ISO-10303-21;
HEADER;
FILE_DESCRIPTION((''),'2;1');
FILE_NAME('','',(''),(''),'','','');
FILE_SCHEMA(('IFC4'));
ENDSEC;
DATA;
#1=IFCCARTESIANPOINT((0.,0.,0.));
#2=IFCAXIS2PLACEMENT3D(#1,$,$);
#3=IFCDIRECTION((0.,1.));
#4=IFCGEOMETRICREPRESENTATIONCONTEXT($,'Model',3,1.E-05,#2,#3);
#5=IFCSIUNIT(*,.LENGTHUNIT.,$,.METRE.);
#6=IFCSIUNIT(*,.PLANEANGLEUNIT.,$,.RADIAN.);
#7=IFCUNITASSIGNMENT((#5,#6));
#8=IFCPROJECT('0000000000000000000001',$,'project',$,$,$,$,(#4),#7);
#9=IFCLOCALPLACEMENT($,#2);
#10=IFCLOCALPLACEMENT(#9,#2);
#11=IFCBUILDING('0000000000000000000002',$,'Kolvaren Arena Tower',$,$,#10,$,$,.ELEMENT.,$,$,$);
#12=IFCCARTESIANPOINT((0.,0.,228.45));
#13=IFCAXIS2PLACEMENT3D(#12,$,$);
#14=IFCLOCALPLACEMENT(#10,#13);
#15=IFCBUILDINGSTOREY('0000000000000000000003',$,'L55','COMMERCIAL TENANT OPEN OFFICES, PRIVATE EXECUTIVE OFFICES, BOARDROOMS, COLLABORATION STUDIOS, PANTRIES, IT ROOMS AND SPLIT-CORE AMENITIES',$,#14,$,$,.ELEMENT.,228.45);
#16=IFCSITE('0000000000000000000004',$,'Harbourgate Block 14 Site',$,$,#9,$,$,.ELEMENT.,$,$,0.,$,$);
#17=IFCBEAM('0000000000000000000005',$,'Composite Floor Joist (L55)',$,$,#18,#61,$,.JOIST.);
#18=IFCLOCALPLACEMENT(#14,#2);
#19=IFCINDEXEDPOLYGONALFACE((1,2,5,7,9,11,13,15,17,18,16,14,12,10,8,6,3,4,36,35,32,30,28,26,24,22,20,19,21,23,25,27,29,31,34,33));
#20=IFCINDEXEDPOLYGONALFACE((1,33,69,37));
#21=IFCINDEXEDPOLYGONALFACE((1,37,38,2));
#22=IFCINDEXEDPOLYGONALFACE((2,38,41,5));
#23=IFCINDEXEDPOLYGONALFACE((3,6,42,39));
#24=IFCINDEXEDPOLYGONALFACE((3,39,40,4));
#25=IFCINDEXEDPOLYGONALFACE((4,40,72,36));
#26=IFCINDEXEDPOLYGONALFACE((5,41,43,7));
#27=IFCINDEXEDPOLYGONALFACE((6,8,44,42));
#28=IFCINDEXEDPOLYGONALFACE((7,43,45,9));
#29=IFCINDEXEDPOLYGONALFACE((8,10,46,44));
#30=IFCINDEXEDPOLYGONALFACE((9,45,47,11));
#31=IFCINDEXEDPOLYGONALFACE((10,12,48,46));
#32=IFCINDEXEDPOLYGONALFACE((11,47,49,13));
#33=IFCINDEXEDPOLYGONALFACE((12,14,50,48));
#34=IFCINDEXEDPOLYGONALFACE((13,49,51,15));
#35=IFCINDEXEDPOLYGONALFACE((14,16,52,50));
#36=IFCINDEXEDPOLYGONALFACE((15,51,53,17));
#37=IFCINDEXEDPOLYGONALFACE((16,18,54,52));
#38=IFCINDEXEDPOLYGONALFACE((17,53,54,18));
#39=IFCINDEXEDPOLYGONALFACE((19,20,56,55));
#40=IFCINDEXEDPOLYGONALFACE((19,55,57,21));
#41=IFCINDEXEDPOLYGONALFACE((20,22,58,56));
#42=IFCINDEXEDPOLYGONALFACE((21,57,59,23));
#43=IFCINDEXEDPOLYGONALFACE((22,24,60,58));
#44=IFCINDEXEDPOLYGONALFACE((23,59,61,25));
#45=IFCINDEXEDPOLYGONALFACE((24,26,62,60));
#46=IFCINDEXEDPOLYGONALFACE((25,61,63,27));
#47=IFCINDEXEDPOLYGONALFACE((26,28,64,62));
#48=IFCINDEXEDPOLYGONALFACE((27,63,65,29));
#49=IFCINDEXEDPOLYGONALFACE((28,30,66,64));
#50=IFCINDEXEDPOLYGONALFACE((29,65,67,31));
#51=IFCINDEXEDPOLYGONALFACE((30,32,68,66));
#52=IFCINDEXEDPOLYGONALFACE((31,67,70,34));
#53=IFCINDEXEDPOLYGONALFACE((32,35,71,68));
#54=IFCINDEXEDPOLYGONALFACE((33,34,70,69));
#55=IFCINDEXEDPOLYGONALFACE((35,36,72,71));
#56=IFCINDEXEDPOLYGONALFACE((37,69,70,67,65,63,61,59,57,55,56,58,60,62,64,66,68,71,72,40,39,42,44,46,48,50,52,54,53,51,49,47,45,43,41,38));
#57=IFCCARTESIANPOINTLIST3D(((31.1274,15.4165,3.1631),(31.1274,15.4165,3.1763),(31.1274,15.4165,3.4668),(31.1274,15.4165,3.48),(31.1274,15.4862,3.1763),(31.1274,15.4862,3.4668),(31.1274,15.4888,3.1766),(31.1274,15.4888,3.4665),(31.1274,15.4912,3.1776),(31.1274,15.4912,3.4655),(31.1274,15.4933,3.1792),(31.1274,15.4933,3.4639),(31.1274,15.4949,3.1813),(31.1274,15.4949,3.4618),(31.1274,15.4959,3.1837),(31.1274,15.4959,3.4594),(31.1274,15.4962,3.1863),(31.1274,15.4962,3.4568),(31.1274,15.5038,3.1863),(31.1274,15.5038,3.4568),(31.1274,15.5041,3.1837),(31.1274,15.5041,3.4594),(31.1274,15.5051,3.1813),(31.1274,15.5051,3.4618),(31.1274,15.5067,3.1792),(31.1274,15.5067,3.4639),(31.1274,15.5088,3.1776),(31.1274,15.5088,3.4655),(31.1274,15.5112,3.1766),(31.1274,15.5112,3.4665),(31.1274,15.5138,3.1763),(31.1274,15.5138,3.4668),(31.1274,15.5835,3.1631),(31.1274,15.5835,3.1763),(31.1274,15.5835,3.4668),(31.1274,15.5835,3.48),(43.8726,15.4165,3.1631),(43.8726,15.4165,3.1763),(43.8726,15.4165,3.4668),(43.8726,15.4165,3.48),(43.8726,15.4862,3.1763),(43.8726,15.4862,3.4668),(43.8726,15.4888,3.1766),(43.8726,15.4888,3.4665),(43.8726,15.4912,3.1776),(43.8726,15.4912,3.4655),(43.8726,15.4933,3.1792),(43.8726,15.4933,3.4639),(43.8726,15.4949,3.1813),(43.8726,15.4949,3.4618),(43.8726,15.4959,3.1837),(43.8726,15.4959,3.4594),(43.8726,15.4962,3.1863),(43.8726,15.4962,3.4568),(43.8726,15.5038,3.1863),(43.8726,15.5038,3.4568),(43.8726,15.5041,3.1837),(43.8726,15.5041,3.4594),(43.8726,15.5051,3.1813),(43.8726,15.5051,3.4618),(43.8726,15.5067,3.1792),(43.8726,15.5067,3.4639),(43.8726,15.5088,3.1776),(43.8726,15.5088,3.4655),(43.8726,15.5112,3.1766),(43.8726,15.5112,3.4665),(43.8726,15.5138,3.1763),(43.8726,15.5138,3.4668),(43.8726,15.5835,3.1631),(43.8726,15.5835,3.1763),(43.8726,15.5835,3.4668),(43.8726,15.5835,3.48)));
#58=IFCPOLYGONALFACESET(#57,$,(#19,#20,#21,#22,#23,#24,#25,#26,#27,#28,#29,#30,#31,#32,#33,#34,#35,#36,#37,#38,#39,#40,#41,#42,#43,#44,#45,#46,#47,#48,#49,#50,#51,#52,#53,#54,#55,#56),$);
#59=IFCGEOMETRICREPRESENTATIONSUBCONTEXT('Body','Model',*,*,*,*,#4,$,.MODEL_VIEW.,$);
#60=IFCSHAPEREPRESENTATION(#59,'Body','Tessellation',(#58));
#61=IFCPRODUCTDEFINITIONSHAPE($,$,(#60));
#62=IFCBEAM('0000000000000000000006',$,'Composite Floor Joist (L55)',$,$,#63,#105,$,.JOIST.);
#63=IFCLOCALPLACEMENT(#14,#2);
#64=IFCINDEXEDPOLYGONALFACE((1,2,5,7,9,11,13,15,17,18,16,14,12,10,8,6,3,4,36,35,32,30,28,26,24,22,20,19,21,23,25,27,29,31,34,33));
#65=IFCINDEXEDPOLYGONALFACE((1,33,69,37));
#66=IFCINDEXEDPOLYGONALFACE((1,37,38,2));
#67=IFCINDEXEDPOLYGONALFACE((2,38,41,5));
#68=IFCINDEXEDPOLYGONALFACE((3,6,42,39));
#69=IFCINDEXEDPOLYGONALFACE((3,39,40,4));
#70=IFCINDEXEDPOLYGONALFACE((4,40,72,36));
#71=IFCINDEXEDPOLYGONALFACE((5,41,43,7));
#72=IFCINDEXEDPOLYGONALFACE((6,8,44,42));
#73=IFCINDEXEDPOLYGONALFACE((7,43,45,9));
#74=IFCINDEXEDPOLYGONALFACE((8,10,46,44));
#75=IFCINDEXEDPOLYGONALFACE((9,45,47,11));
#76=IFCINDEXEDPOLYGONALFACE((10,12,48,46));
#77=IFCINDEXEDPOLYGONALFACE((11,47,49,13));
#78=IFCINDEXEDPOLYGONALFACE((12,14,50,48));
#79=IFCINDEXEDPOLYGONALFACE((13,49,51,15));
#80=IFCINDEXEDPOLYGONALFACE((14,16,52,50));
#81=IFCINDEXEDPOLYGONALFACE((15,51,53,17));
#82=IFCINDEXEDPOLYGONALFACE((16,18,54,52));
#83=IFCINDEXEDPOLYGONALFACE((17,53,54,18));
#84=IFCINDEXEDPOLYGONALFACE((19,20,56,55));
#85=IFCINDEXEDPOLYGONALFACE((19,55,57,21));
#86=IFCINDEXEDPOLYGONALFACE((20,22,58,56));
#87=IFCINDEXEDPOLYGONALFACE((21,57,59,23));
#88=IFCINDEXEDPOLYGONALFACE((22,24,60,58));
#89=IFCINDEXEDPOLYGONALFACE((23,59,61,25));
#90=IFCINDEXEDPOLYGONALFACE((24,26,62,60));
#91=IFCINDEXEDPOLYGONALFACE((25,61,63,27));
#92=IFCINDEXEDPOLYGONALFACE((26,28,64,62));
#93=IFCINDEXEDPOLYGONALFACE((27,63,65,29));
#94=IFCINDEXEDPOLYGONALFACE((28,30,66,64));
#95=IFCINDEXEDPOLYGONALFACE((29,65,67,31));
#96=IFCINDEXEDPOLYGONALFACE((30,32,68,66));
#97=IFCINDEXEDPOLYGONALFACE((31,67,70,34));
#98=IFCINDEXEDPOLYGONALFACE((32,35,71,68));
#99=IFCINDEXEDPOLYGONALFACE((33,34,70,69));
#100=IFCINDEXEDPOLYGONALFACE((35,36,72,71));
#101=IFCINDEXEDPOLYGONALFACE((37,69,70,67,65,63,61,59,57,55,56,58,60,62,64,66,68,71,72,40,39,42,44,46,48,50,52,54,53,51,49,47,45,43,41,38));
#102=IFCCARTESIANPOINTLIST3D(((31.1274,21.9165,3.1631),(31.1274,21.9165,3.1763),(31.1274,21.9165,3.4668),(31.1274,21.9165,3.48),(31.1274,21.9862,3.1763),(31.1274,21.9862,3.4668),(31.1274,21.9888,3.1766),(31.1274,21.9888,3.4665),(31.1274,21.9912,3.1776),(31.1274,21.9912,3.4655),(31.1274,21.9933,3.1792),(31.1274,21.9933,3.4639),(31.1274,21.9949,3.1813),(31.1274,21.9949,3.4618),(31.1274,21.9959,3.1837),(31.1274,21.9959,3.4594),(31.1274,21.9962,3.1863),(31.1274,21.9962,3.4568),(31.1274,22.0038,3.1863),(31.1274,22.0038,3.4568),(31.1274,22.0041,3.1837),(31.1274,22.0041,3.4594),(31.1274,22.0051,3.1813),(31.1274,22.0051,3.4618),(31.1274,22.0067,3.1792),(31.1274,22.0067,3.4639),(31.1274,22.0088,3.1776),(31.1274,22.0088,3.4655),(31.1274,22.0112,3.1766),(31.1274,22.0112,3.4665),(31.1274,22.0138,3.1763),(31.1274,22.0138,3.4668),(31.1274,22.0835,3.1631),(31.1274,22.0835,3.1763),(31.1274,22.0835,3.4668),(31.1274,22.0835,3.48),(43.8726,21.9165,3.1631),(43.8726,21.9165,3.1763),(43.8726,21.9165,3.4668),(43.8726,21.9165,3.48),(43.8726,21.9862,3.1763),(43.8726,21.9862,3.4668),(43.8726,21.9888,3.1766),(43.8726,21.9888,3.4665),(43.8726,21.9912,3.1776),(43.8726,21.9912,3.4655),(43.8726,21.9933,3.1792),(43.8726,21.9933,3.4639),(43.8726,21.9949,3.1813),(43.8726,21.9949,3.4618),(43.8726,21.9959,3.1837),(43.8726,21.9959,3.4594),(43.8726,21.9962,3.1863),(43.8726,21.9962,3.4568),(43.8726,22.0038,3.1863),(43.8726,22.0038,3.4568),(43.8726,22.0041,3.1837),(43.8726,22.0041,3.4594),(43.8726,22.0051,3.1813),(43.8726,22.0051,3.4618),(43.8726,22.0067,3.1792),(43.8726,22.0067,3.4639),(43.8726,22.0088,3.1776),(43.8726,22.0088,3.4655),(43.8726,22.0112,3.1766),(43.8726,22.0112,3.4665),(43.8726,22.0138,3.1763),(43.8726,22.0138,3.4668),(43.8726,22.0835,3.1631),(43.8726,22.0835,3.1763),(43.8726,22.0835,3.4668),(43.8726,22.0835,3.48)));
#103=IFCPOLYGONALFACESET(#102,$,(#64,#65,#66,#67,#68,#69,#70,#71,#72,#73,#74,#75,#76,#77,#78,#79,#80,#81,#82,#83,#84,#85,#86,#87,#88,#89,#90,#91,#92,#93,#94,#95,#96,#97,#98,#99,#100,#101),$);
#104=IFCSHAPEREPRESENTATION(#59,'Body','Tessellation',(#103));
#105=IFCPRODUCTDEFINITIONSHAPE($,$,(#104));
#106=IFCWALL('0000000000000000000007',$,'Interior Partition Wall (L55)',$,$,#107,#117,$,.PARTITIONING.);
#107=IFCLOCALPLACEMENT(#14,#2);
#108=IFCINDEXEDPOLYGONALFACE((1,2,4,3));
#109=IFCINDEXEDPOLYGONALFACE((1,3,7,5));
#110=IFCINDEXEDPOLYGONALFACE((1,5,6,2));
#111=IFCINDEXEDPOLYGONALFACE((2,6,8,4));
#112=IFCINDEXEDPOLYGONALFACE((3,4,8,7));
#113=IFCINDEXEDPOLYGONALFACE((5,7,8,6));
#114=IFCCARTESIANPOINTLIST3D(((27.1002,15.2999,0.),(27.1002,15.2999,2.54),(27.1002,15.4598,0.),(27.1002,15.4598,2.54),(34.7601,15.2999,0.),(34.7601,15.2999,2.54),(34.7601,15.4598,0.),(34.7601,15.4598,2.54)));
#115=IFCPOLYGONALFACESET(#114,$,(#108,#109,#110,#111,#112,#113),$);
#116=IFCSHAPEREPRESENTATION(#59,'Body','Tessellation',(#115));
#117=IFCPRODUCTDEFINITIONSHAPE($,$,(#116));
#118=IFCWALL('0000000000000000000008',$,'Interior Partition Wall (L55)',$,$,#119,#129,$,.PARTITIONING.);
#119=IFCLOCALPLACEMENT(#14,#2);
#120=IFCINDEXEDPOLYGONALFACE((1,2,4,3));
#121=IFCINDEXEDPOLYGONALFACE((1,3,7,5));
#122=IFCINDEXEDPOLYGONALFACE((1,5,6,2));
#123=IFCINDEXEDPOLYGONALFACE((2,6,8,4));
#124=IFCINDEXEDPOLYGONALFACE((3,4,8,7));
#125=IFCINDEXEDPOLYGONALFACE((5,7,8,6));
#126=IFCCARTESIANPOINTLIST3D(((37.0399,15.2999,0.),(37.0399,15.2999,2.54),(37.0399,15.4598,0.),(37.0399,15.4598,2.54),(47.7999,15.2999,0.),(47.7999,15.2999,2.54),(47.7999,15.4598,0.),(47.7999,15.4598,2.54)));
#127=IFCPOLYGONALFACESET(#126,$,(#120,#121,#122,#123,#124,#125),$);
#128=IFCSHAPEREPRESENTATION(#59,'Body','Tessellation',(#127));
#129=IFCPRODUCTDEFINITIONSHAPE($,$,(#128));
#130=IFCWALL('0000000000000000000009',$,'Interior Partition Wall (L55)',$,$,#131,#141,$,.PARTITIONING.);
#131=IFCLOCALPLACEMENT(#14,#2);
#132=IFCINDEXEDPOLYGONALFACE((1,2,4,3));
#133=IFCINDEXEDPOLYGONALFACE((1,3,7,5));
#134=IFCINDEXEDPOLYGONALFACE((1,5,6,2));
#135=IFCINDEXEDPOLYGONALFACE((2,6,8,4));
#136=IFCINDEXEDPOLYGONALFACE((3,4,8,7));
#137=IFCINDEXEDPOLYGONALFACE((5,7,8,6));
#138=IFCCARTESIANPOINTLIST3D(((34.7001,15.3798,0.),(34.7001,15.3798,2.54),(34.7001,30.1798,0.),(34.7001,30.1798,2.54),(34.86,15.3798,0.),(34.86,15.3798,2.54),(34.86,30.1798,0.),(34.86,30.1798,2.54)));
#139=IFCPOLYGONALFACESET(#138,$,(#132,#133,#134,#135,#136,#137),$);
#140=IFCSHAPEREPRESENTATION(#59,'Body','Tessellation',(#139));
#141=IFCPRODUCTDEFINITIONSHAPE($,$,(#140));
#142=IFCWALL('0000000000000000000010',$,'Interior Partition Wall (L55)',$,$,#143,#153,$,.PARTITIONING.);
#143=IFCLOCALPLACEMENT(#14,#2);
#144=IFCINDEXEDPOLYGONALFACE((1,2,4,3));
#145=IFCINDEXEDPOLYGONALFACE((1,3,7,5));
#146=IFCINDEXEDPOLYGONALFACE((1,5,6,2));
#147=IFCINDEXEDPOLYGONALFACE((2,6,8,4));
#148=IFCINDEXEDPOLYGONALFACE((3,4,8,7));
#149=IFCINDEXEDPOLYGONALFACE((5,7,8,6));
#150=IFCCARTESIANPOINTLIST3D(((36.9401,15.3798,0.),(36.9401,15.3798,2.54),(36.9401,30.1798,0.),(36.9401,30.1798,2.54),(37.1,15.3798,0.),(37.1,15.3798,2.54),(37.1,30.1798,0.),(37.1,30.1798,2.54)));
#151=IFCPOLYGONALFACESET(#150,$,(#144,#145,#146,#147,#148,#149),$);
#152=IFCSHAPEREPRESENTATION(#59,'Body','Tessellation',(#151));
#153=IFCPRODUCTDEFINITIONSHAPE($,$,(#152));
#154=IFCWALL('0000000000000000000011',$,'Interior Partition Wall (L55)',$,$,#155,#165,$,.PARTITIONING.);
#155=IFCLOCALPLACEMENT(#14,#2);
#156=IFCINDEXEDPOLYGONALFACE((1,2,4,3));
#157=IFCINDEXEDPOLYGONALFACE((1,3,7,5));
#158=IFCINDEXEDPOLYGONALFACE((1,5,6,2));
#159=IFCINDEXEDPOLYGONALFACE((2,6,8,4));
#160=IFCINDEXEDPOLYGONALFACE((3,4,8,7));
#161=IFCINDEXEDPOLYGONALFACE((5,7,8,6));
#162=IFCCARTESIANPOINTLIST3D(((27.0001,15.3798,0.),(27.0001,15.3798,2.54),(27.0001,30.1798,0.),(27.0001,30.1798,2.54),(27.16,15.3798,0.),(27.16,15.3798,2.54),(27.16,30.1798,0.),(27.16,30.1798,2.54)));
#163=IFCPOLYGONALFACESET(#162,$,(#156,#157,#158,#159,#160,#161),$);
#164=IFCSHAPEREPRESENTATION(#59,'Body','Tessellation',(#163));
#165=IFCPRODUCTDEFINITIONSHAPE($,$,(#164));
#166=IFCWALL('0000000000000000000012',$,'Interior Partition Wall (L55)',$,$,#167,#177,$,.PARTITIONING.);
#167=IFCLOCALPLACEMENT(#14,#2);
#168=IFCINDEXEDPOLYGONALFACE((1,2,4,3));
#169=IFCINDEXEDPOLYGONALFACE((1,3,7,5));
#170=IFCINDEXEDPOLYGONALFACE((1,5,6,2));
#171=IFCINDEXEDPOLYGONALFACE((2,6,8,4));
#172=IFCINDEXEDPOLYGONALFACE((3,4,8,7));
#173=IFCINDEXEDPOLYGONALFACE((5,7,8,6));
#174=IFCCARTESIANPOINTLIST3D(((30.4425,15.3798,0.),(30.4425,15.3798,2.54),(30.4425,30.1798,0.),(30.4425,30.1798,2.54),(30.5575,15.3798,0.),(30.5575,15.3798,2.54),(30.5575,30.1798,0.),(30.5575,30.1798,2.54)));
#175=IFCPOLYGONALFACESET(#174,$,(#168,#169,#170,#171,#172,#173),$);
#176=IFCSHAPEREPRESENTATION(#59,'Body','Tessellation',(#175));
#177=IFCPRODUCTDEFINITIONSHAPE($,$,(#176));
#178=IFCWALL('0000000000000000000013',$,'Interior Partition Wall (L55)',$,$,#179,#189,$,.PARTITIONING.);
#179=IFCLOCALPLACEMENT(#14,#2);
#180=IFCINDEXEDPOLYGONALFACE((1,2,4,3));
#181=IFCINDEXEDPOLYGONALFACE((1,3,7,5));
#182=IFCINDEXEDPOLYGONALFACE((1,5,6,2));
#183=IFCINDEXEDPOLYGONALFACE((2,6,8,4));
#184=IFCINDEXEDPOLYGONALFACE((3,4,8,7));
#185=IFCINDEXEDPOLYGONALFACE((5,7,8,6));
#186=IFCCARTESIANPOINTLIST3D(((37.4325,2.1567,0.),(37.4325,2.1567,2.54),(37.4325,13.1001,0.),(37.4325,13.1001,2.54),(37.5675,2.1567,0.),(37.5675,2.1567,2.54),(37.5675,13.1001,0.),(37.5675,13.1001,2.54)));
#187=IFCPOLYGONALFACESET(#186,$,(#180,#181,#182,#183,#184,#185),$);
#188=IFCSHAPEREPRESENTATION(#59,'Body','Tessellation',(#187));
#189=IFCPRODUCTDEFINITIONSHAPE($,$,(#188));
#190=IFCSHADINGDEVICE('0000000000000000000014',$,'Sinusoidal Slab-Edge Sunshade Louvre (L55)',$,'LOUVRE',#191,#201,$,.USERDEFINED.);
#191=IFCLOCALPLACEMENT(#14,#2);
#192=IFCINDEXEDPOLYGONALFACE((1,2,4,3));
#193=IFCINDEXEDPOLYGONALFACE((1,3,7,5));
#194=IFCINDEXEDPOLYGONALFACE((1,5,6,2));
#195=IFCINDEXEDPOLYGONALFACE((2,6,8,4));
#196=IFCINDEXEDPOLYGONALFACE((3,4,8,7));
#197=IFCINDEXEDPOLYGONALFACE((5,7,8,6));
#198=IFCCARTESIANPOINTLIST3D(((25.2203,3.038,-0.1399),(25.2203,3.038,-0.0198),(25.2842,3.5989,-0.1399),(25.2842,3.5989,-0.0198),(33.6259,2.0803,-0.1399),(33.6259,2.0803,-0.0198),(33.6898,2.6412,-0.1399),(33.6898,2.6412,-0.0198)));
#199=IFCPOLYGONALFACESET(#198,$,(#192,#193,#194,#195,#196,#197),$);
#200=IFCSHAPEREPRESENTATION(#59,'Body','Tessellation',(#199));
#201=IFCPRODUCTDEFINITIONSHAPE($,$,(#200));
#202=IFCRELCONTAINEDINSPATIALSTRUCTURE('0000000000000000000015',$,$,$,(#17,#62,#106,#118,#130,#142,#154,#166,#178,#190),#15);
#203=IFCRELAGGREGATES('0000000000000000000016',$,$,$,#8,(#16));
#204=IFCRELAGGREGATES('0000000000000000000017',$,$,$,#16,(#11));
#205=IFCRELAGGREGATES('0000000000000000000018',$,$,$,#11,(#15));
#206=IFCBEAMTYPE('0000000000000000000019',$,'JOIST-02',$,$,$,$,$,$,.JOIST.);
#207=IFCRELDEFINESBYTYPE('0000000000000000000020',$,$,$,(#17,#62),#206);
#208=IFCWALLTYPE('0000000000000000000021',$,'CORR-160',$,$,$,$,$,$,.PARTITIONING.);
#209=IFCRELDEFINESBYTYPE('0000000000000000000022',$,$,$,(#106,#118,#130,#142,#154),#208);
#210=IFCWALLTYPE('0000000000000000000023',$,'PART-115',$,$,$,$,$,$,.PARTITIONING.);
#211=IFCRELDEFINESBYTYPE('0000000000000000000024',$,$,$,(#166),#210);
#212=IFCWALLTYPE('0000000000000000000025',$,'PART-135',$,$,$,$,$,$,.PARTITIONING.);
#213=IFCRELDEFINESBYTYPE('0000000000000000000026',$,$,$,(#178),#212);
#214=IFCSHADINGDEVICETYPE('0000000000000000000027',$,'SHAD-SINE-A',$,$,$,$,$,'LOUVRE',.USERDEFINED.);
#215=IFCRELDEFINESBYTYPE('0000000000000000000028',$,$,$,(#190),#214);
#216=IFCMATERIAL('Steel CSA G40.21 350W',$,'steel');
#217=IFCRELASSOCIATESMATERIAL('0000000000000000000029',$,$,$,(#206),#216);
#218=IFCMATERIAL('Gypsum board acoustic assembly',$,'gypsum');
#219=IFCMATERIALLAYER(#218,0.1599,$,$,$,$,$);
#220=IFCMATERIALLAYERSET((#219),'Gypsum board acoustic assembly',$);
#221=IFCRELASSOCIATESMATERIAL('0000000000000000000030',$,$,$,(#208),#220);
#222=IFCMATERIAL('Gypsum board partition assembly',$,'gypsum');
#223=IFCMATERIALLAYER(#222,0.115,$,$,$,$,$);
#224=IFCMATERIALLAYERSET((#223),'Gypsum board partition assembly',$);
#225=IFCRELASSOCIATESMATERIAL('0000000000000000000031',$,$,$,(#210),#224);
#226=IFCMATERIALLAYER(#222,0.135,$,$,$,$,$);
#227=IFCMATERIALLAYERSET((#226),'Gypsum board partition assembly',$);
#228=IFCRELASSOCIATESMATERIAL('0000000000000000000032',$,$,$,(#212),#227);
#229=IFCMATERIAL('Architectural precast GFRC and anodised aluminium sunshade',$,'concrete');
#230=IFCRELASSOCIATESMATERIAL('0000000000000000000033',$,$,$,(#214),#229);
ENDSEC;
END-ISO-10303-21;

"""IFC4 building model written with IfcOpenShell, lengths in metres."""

from ifc_helpers import new_model, si_unit, direction, frame, frame_2d, origin, origin_2d, place, context, subcontext, project, spatial, rectangle, i_section, extrude, material, layer, layer_set, material_profile, profile_set, type_object, element, save


model = new_model("IFC4")

# Units and contexts
model_context = context("Model", 3, precision=1e-05, world=origin(), true_north=direction((0.0, 1.0)))
body_context = subcontext(model_context, "Body", "Model", "MODEL_VIEW")
ifc_project = project(units=[si_unit("LENGTHUNIT", "METRE"), si_unit("PLANEANGLEUNIT", "RADIAN")], contexts=[model_context])

# Site, building, storey
site_placement = place(None, origin())
site = spatial("IfcSite", under=ifc_project, at=site_placement, Name="Harbourgate Block 14 Site", CompositionType="ELEMENT", RefElevation=0.0)
building_placement = place(site_placement, origin())
building = spatial("IfcBuilding", under=site, at=building_placement, Name="Kolvaren Arena Tower", CompositionType="ELEMENT")
storey_placement = place(building_placement, frame((0.0, 0.0, 228.45)))
storey = spatial("IfcBuildingStorey", under=building, at=storey_placement, Name="L55", Description="COMMERCIAL TENANT OPEN OFFICES, PRIVATE EXECUTIVE OFFICES, BOARDROOMS, COLLABORATION STUDIOS, PANTRIES, IT ROOMS AND SPLIT-CORE AMENITIES", CompositionType="ELEMENT", Elevation=228.45)

# Beams
ifc_material_1 = material(Name="Steel CSA G40.21 350W", Category="steel")
ifc_material_profile_1 = material_profile(ifc_material_1, i_section(OverallWidth=0.167, OverallDepth=0.3169, WebThickness=0.0076, FlangeThickness=0.0132, FilletRadius=0.01, at=origin_2d()), Name="W310x52")
ifc_profile_set_1 = profile_set([ifc_material_profile_1], Name="Steel CSA G40.21 350W")
beam_type_1 = type_object("IfcBeamType", Name="JOIST-02", PredefinedType="JOIST", material=ifc_profile_set_1)
for number, where, z_axis, x_axis, name in (
    (1, (31.1274, 15.5, 3.3215), (1.0, 0.0, 0.0), (0.0, 1.0, 0.0), "Composite Floor Joist (L55)"),
    (2, (31.1274, 22.0, 3.3215), (1.0, 0.0, 0.0), (0.0, 1.0, 0.0), "Composite Floor Joist (L55)"),
):
    element("IfcBeam", number, at=place(storey_placement, frame(where, z_axis=z_axis, x_axis=x_axis)), inside=storey, type_object=beam_type_1, Name=name, PredefinedType="JOIST", context=body_context, shape_type="SweptSolid", body=[
        extrude(i_section(OverallWidth=0.167, OverallDepth=0.3169, WebThickness=0.0076, FlangeThickness=0.0132, FilletRadius=0.01, at=origin_2d()), origin(), (0.0, 0.0, 1.0), 12.7451),
    ])

# Walls
ifc_material_2 = material(Name="Gypsum board acoustic assembly", Category="gypsum")
ifc_layer_1 = layer(ifc_material_2, 0.1599)
ifc_layer_set_1 = layer_set([ifc_layer_1], Name="Gypsum board acoustic assembly")
wall_type_1 = type_object("IfcWallType", Name="CORR-160", PredefinedType="PARTITIONING", material=ifc_layer_set_1)
wall_1_placement = place(storey_placement, frame((27.1001, 15.3799, 0.0), z_axis=(0.0, 0.0, 1.0), x_axis=(1.0, 0.0, 0.0)))
element("IfcWall", 3, at=wall_1_placement, inside=storey, type_object=wall_type_1, Name="Interior Partition Wall (L55)", PredefinedType="PARTITIONING", context=body_context, shape_type="SweptSolid", body=[
    extrude(rectangle(XDim=7.6599, YDim=0.1599, at=frame_2d((3.8301, 0.0))), origin(), (0.0, 0.0, 1.0), 2.54),
])
wall_2_placement = place(storey_placement, frame((37.04, 15.3799, 0.0), z_axis=(0.0, 0.0, 1.0), x_axis=(1.0, 0.0, 0.0)))
element("IfcWall", 4, at=wall_2_placement, inside=storey, type_object=wall_type_1, Name="Interior Partition Wall (L55)", PredefinedType="PARTITIONING", context=body_context, shape_type="SweptSolid", body=[
    extrude(rectangle(XDim=10.76, YDim=0.1599, at=frame_2d((5.3799, 0.0))), origin(), (0.0, 0.0, 1.0), 2.54),
])
for number, where, z_axis, x_axis, name in (
    (5, (34.78, 15.3799, 0.0), (0.0, 0.0, 1.0), (0.0, 1.0, 0.0), "Interior Partition Wall (L55)"),
    (6, (37.02, 15.3799, 0.0), (0.0, 0.0, 1.0), (0.0, 1.0, 0.0), "Interior Partition Wall (L55)"),
    (7, (27.0801, 15.3799, 0.0), (0.0, 0.0, 1.0), (0.0, 1.0, 0.0), "Interior Partition Wall (L55)"),
):
    element("IfcWall", number, at=place(storey_placement, frame(where, z_axis=z_axis, x_axis=x_axis)), inside=storey, type_object=wall_type_1, Name=name, PredefinedType="PARTITIONING", context=body_context, shape_type="SweptSolid", body=[
        extrude(rectangle(XDim=14.8, YDim=0.1599, at=frame_2d((7.3999, 0.0))), origin(), (0.0, 0.0, 1.0), 2.54),
    ])
ifc_material_3 = material(Name="Gypsum board partition assembly", Category="gypsum")
ifc_layer_2 = layer(ifc_material_3, 0.115)
ifc_layer_set_2 = layer_set([ifc_layer_2], Name="Gypsum board partition assembly")
wall_type_2 = type_object("IfcWallType", Name="PART-115", PredefinedType="PARTITIONING", material=ifc_layer_set_2)
wall_3_placement = place(storey_placement, frame((30.5, 15.3799, 0.0), z_axis=(0.0, 0.0, 1.0), x_axis=(0.0, 1.0, 0.0)))
element("IfcWall", 8, at=wall_3_placement, inside=storey, type_object=wall_type_2, Name="Interior Partition Wall (L55)", PredefinedType="PARTITIONING", context=body_context, shape_type="SweptSolid", body=[
    extrude(rectangle(XDim=14.8, YDim=0.115, at=frame_2d((7.3999, 0.0))), origin(), (0.0, 0.0, 1.0), 2.54),
])
ifc_layer_3 = layer(ifc_material_3, 0.135)
ifc_layer_set_3 = layer_set([ifc_layer_3], Name="Gypsum board partition assembly")
wall_type_3 = type_object("IfcWallType", Name="PART-135", PredefinedType="PARTITIONING", material=ifc_layer_set_3)
wall_4_placement = place(storey_placement, frame((37.5, 2.1567, 0.0), z_axis=(0.0, 0.0, 1.0), x_axis=(0.0, 1.0, 0.0)))
element("IfcWall", 9, at=wall_4_placement, inside=storey, type_object=wall_type_3, Name="Interior Partition Wall (L55)", PredefinedType="PARTITIONING", context=body_context, shape_type="SweptSolid", body=[
    extrude(rectangle(XDim=10.9434, YDim=0.135, at=frame_2d((5.4717, 0.0))), origin(), (0.0, 0.0, 1.0), 2.54),
])

# Shading device
ifc_material_4 = material(Name="Architectural precast GFRC and anodised aluminium sunshade", Category="concrete")
shading_device_type_1 = type_object("IfcShadingDeviceType", Name="SHAD-SINE-A", ElementType="LOUVRE", PredefinedType="USERDEFINED", material=ifc_material_4)
shading_device_1_placement = place(storey_placement, frame((29.4551, 2.8396, -0.1399), z_axis=(0.0, 0.0, 1.0), x_axis=(-0.993572, 0.113205, 0.0)))
element("IfcShadingDevice", 10, at=shading_device_1_placement, inside=storey, type_object=shading_device_type_1, Name="Sinusoidal Slab-Edge Sunshade Louvre (L55)", ObjectType="LOUVRE", PredefinedType="USERDEFINED", context=body_context, shape_type="SweptSolid", body=[
    extrude(rectangle(XDim=8.46, YDim=0.5645, at=origin_2d()), origin(), (0.0, 0.0, 1.0), 0.1201),
])

save(model, "model.ifc")
